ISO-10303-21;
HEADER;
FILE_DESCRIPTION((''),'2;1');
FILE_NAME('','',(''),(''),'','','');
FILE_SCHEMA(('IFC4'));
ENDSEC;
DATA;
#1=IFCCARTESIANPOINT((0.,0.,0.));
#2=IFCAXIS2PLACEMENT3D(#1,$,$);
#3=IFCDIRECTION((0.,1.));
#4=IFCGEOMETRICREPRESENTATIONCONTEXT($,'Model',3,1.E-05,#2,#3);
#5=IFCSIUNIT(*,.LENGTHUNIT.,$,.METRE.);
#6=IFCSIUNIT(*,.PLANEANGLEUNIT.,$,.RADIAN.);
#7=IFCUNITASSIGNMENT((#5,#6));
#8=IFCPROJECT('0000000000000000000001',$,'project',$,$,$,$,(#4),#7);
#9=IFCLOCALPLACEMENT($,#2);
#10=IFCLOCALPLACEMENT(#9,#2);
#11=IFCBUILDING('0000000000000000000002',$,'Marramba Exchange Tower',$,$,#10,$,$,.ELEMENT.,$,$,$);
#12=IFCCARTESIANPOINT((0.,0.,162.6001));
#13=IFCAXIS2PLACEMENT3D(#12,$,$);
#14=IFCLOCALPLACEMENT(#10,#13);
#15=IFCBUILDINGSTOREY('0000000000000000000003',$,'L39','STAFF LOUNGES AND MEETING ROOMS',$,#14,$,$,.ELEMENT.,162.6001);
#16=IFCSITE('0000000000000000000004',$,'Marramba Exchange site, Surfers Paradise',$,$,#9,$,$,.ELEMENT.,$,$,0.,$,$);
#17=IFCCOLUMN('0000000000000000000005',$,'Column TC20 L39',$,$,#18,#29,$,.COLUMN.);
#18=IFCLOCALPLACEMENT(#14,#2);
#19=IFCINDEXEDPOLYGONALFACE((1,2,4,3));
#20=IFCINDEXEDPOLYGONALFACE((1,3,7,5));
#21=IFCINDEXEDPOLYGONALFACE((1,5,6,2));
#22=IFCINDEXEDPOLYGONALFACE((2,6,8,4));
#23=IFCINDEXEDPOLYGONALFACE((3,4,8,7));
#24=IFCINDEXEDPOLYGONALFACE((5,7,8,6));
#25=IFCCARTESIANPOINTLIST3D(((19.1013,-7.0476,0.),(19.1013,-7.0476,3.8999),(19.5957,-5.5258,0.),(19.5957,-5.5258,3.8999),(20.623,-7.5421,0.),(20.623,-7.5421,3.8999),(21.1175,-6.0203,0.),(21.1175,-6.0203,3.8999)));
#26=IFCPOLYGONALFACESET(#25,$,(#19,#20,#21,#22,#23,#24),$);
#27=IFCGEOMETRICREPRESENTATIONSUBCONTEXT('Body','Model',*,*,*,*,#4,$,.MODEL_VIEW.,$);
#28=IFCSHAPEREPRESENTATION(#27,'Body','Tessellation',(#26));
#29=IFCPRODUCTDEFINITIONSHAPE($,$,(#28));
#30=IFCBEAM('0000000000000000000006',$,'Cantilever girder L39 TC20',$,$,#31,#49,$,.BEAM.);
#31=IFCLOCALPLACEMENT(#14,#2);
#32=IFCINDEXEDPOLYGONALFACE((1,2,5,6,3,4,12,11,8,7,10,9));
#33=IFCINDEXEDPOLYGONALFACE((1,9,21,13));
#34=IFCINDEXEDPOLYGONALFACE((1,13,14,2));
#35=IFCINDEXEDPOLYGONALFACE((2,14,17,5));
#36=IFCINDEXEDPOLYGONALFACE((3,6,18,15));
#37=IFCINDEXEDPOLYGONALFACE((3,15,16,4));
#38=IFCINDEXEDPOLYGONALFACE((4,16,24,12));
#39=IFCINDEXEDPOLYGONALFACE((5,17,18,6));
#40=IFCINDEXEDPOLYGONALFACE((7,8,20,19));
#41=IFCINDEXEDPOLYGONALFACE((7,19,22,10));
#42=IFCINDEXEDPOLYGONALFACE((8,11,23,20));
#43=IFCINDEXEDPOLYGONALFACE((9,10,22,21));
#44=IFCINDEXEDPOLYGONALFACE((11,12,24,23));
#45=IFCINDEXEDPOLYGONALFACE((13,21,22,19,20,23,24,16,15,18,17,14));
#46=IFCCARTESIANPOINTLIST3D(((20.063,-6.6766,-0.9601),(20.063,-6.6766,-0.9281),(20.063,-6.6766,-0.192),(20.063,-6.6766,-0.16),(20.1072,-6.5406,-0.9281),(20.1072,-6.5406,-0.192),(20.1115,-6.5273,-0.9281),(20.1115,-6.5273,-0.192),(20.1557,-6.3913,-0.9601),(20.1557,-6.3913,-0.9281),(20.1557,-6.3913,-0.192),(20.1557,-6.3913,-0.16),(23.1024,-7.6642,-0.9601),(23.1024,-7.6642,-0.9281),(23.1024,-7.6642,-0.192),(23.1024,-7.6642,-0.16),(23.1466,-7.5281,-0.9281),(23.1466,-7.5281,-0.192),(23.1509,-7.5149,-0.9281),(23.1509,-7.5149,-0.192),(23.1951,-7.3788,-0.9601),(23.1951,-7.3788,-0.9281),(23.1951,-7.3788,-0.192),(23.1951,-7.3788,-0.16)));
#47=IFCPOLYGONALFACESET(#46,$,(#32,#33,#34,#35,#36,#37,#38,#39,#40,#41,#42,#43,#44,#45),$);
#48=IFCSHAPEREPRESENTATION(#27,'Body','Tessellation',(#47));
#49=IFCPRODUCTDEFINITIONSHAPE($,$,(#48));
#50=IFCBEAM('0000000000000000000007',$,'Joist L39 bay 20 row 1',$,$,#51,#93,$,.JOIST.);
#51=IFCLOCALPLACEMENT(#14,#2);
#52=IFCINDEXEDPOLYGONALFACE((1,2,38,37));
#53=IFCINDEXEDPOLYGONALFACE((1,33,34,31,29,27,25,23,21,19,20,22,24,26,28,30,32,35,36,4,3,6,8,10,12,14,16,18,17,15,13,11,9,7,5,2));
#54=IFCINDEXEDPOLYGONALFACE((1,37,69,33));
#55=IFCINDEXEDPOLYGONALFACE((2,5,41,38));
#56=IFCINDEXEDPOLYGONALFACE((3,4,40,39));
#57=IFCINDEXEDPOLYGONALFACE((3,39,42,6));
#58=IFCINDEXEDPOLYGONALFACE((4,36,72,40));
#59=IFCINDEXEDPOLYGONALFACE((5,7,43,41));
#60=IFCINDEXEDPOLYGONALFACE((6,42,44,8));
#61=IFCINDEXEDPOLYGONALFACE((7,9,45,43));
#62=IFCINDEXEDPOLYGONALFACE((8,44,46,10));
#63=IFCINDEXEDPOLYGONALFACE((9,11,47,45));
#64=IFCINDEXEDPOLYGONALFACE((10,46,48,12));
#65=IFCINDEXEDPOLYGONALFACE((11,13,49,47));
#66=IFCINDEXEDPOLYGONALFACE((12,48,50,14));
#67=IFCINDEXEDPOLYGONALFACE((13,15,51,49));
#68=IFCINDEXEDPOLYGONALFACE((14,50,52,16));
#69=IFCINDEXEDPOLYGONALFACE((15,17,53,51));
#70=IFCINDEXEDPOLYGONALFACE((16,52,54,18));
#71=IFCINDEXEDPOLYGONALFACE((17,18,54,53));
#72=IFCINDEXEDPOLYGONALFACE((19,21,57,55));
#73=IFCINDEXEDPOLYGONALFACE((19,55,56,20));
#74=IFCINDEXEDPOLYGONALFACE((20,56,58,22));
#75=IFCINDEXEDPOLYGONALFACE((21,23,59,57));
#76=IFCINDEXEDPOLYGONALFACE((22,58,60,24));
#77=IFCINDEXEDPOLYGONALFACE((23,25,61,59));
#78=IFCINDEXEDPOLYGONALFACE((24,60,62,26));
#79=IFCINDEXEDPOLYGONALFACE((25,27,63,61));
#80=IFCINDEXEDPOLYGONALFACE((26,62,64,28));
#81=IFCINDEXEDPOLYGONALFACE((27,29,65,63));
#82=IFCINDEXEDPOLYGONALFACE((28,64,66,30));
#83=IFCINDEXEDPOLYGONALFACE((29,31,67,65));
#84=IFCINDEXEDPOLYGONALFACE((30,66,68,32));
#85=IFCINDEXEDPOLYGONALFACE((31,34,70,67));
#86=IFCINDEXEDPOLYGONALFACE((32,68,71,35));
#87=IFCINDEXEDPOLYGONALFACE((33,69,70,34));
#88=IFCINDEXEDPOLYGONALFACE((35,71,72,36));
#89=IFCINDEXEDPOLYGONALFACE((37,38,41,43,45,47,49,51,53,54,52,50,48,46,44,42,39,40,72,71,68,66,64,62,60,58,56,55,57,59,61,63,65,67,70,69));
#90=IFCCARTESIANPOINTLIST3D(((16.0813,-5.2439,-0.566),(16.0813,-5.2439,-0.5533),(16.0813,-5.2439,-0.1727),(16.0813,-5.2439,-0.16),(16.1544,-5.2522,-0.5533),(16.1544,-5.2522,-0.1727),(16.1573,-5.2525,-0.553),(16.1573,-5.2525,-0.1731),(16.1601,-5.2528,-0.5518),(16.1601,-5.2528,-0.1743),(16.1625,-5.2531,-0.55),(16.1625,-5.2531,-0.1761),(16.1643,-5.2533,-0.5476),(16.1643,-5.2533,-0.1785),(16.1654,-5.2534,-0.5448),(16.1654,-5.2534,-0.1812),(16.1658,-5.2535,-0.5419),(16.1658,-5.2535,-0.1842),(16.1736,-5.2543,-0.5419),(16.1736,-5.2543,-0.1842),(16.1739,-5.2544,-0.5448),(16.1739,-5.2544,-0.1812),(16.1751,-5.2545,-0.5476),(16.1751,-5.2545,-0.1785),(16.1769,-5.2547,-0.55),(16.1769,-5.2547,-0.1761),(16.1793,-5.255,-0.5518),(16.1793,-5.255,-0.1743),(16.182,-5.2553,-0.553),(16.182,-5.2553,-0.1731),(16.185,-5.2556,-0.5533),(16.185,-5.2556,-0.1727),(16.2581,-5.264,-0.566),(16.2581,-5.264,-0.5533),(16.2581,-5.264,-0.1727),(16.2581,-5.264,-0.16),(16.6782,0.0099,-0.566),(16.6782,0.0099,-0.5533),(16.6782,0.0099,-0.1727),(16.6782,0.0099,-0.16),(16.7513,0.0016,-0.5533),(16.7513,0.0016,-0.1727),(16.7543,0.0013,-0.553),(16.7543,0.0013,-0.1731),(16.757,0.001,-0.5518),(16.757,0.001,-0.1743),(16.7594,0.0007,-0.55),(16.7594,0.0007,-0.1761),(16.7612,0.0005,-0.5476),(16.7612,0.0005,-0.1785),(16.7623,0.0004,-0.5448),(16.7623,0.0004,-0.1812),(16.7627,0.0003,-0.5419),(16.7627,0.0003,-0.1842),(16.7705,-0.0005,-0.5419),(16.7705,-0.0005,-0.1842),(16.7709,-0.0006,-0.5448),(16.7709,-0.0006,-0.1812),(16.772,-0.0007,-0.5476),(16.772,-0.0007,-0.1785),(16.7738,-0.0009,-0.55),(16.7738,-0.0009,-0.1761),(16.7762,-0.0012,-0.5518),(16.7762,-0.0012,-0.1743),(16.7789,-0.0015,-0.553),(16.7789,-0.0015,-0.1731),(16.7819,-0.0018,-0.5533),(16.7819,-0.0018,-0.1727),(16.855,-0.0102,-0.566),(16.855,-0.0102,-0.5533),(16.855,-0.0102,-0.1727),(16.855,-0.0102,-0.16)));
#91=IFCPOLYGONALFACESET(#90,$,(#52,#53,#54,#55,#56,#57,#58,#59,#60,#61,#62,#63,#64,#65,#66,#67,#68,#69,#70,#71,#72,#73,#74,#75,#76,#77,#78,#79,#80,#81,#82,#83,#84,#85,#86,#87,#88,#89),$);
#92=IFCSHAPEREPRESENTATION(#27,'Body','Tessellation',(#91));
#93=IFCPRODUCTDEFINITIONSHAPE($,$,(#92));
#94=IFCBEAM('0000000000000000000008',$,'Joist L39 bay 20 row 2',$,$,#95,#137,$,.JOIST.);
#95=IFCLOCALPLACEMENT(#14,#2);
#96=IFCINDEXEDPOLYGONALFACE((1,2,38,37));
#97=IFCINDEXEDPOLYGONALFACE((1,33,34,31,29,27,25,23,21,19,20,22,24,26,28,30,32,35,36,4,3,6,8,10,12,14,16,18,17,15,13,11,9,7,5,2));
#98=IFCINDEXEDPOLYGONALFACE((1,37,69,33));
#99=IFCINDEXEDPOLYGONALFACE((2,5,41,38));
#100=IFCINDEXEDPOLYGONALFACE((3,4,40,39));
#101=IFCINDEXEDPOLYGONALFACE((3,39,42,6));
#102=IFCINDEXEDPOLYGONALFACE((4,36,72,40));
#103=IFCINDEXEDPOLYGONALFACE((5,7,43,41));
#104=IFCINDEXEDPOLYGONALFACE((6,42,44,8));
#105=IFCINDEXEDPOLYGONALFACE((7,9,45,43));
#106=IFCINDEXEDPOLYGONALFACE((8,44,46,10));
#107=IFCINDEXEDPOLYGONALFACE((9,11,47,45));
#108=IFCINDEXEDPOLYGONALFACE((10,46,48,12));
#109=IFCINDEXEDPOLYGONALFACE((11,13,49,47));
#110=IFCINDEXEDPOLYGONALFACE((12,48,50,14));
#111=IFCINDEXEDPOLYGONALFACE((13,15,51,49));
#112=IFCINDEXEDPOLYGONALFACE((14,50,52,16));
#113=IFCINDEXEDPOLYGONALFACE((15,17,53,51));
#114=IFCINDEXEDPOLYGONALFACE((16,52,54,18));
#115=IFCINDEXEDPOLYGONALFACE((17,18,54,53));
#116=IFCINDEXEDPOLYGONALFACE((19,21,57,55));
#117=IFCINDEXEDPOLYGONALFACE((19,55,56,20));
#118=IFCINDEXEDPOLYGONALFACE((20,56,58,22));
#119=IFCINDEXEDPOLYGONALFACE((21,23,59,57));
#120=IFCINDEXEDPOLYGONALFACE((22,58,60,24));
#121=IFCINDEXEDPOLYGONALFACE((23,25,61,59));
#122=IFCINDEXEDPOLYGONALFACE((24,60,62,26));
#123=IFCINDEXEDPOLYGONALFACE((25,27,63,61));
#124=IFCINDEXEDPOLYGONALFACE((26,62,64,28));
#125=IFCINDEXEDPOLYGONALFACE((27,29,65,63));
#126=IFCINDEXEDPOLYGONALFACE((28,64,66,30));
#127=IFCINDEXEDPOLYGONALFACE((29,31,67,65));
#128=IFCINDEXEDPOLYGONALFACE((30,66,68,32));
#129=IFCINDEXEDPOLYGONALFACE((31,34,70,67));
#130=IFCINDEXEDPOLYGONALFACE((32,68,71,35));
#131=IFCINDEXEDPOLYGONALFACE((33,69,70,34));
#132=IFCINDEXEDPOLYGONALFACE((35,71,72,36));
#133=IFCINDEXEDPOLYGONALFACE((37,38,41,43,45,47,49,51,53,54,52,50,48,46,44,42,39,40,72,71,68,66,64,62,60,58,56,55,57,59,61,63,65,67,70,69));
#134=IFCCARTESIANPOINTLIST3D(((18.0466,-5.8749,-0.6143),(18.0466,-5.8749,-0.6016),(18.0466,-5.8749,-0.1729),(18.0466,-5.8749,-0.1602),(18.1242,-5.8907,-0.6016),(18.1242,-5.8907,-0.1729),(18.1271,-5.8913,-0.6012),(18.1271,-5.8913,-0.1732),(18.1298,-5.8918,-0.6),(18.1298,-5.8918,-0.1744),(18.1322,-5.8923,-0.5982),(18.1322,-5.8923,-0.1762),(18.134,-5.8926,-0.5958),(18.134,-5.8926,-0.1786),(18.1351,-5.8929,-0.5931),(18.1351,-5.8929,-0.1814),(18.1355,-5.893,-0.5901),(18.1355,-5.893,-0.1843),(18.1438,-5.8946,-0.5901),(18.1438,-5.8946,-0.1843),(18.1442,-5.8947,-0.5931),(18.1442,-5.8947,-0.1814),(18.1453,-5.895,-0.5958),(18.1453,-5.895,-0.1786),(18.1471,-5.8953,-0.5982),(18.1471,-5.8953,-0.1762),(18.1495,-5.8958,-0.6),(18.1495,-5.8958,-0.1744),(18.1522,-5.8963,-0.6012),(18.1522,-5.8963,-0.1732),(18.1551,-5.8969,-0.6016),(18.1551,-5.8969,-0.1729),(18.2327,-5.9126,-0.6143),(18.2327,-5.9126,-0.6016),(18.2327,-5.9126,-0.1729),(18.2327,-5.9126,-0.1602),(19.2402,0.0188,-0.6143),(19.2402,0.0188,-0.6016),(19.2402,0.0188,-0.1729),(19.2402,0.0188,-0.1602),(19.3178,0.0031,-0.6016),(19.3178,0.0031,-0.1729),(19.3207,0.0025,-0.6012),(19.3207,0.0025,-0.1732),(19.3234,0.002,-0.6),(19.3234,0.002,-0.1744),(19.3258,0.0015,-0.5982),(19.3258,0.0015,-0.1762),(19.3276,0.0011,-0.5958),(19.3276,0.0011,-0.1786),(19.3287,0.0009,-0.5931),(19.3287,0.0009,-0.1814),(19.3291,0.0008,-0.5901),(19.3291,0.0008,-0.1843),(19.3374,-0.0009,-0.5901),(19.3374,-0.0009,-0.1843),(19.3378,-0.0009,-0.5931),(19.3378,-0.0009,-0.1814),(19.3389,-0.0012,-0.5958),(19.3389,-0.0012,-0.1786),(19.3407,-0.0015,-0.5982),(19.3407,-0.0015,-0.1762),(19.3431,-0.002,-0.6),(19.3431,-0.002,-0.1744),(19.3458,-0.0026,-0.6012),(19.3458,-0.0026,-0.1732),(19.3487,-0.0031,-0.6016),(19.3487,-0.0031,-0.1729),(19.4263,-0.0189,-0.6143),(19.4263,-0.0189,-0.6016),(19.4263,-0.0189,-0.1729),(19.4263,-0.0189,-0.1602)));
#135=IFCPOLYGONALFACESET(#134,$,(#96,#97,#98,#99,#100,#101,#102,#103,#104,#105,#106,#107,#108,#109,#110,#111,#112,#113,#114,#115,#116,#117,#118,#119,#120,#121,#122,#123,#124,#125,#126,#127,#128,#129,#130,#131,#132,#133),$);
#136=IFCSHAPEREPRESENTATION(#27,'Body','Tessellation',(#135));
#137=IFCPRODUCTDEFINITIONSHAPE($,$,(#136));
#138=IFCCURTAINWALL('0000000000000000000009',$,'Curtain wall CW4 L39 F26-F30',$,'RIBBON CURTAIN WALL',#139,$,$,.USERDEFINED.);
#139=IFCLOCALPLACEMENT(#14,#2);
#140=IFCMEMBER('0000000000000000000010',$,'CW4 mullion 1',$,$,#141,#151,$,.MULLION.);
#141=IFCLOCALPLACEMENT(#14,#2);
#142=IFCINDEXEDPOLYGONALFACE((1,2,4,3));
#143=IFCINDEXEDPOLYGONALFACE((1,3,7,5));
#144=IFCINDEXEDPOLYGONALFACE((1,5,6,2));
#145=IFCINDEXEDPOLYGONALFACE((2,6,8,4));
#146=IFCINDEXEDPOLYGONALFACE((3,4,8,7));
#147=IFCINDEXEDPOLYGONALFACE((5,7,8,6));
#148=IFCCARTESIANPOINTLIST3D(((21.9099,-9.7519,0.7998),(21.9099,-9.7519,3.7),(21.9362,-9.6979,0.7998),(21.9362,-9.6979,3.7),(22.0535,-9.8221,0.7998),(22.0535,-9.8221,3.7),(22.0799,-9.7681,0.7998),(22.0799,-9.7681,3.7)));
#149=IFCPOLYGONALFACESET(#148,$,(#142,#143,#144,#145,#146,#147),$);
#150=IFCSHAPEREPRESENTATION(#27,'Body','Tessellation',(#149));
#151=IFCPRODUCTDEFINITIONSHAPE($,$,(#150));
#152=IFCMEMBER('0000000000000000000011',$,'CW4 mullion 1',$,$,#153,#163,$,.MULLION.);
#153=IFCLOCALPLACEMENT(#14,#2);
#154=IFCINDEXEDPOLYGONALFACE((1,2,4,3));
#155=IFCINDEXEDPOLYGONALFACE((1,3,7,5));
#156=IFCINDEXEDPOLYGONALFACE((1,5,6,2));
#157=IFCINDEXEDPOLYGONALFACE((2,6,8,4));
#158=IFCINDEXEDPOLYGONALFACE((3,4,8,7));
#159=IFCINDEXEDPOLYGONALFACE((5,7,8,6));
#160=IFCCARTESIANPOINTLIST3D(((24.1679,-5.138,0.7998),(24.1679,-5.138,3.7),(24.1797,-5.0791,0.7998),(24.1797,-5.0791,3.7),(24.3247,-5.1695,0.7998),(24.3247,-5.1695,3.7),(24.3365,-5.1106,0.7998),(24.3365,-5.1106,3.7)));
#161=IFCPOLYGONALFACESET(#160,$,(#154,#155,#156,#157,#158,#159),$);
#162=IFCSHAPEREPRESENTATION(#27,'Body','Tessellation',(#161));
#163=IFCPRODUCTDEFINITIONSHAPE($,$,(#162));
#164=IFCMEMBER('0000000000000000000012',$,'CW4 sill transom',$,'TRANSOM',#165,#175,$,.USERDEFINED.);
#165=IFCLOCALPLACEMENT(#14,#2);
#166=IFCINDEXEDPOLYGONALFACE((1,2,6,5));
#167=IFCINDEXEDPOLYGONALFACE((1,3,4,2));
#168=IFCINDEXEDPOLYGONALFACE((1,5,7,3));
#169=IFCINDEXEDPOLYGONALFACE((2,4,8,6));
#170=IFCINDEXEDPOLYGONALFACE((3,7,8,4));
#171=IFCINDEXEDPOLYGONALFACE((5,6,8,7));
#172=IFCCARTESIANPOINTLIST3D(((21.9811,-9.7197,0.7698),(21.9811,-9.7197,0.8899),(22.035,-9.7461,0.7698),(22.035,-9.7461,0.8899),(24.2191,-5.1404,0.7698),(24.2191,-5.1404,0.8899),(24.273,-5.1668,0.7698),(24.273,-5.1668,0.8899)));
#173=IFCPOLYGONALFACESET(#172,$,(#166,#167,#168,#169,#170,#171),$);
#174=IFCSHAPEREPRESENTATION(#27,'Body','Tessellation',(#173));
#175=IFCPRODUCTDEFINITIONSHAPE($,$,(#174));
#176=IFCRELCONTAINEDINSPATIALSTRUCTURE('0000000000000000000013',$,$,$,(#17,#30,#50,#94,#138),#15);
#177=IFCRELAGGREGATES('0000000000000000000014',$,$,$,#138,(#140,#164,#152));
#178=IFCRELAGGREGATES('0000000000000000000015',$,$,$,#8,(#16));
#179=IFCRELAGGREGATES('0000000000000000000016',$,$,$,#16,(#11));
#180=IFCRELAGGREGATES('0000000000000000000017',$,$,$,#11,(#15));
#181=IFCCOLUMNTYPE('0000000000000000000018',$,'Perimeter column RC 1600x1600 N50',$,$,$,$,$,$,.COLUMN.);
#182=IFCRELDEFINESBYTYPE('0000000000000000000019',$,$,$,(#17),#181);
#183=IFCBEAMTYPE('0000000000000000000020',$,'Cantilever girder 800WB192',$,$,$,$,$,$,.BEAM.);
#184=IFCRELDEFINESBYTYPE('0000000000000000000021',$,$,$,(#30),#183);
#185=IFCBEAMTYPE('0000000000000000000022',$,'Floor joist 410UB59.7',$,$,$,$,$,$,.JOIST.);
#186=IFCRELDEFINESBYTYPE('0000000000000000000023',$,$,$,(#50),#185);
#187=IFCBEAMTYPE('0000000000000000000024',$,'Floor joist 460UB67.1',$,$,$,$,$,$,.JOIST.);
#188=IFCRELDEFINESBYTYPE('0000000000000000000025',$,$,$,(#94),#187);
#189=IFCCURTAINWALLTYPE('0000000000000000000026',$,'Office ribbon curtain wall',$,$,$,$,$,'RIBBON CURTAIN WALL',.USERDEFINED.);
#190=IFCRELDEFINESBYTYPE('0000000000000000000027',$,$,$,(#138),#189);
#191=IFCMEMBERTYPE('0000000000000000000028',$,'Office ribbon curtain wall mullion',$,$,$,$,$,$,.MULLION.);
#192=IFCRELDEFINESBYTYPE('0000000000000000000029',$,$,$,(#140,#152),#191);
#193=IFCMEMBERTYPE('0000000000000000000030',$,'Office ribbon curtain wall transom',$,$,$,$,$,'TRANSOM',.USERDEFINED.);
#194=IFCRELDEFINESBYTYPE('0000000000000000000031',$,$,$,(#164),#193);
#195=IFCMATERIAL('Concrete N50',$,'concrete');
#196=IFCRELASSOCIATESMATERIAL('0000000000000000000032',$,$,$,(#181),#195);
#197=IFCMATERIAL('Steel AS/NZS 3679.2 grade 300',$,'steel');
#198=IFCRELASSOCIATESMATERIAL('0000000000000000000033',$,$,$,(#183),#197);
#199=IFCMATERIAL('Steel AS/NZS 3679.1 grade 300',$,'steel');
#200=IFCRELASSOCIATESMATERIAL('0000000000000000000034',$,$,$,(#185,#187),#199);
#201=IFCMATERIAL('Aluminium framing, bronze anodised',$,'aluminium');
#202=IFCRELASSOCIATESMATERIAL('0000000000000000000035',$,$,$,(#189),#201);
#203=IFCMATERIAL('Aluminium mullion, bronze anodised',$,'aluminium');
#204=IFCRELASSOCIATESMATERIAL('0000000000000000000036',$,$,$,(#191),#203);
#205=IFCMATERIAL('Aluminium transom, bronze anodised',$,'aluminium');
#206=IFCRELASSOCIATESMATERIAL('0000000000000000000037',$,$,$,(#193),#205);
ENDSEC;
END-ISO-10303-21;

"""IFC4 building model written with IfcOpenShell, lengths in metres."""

from ifc_helpers import new_model, si_unit, direction, frame, origin, origin_2d, place, context, subcontext, project, spatial, rectangle, i_section, extrude, material, material_profile, profile_set, type_object, element, aggregate, save


model = new_model("IFC4")

# Units and contexts
model_context = context("Model", 3, precision=1e-05, world=origin(), true_north=direction((0.0, 1.0)))
body_context = subcontext(model_context, "Body", "Model", "MODEL_VIEW")
ifc_project = project(units=[si_unit("LENGTHUNIT", "METRE"), si_unit("PLANEANGLEUNIT", "RADIAN")], contexts=[model_context])

# Site, building, storey
site_placement = place(None, origin())
site = spatial("IfcSite", under=ifc_project, at=site_placement, Name="Marramba Exchange site, Surfers Paradise", CompositionType="ELEMENT", RefElevation=0.0)
building_placement = place(site_placement, origin())
building = spatial("IfcBuilding", under=site, at=building_placement, Name="Marramba Exchange Tower", CompositionType="ELEMENT")
storey_placement = place(building_placement, frame((0.0, 0.0, 162.6001)))
storey = spatial("IfcBuildingStorey", under=building, at=storey_placement, Name="L39", Description="STAFF LOUNGES AND MEETING ROOMS", CompositionType="ELEMENT", Elevation=162.6001)

# Column
ifc_material_1 = material(Name="Concrete N50", Category="concrete")
ifc_material_profile_1 = material_profile(ifc_material_1, rectangle(XDim=1.6001, YDim=1.6001, at=origin_2d()), Name="RC 1600x1600")
ifc_profile_set_1 = profile_set([ifc_material_profile_1], Name="Concrete N50")
column_type = type_object("IfcColumnType", Name="Perimeter column RC 1600x1600 N50", PredefinedType="COLUMN", material=ifc_profile_set_1)
column_placement = place(storey_placement, frame((20.1094, -6.5339, 0.0), z_axis=(0.0, 0.0, 1.0), x_axis=(0.951057, -0.309017, 0.0)))
element("IfcColumn", 1, at=column_placement, inside=storey, type_object=column_type, Name="Column TC20 L39", PredefinedType="COLUMN", context=body_context, shape_type="SweptSolid", body=[
    extrude(rectangle(XDim=1.6001, YDim=1.6001, at=origin_2d()), origin(), (0.0, 0.0, 1.0), 3.8999),
])

# Beams
ifc_material_2 = material(Name="Steel AS/NZS 3679.2 grade 300", Category="steel")
ifc_material_profile_2 = material_profile(ifc_material_2, i_section(OverallWidth=0.3, OverallDepth=0.8, WebThickness=0.0139, FlangeThickness=0.032, at=origin_2d()), Name="800WB192")
ifc_profile_set_2 = profile_set([ifc_material_profile_2], Name="Steel AS/NZS 3679.2 grade 300")
beam_type_1 = type_object("IfcBeamType", Name="Cantilever girder 800WB192", PredefinedType="BEAM", material=ifc_profile_set_2)
beam_1_placement = place(storey_placement, frame((20.1094, -6.5339, -0.5601), z_axis=(0.951055, -0.309022, 0.0), x_axis=(0.309022, 0.951055, 0.0)))
element("IfcBeam", 2, at=beam_1_placement, inside=storey, type_object=beam_type_1, Name="Cantilever girder L39 TC20", PredefinedType="BEAM", context=body_context, shape_type="SweptSolid", body=[
    extrude(i_section(OverallWidth=0.3, OverallDepth=0.8, WebThickness=0.0139, FlangeThickness=0.032, at=origin_2d()), origin(), (0.0, 0.0, 1.0), 3.1958),
])
ifc_material_3 = material(Name="Steel AS/NZS 3679.1 grade 300", Category="steel")
ifc_material_profile_3 = material_profile(ifc_material_3, i_section(OverallWidth=0.178, OverallDepth=0.406, WebThickness=0.0078, FlangeThickness=0.0127, FilletRadius=0.0115, at=origin_2d()), Name="410UB59.7")
ifc_profile_set_3 = profile_set([ifc_material_profile_3], Name="Steel AS/NZS 3679.1 grade 300")
beam_type_2 = type_object("IfcBeamType", Name="Floor joist 410UB59.7", PredefinedType="JOIST", material=ifc_profile_set_3)
beam_2_placement = place(storey_placement, frame((16.1697, -5.2539, -0.363), z_axis=(0.112889, 0.993608, 0.0), x_axis=(-0.993608, 0.112889, 0.0)))
element("IfcBeam", 3, at=beam_2_placement, inside=storey, type_object=beam_type_2, Name="Joist L39 bay 20 row 1", PredefinedType="JOIST", context=body_context, shape_type="SweptSolid", body=[
    extrude(i_section(OverallWidth=0.178, OverallDepth=0.406, WebThickness=0.0078, FlangeThickness=0.0127, FilletRadius=0.0115, at=origin_2d()), origin(), (0.0, 0.0, 1.0), 5.2876),
])
ifc_material_profile_4 = material_profile(ifc_material_3, i_section(OverallWidth=0.1899, OverallDepth=0.4541, WebThickness=0.0085, FlangeThickness=0.0127, FilletRadius=0.0115, at=origin_2d()), Name="460UB67.1")
ifc_profile_set_4 = profile_set([ifc_material_profile_4], Name="Steel AS/NZS 3679.1 grade 300")
beam_type_3 = type_object("IfcBeamType", Name="Floor joist 460UB67.1", PredefinedType="JOIST", material=ifc_profile_set_4)
beam_3_placement = place(storey_placement, frame((18.1396, -5.8938, -0.3872), z_axis=(0.198489, 0.980103, 0.0), x_axis=(-0.980103, 0.198489, 0.0)))
element("IfcBeam", 4, at=beam_3_placement, inside=storey, type_object=beam_type_3, Name="Joist L39 bay 20 row 2", PredefinedType="JOIST", context=body_context, shape_type="SweptSolid", body=[
    extrude(i_section(OverallWidth=0.1899, OverallDepth=0.4541, WebThickness=0.0085, FlangeThickness=0.0127, FilletRadius=0.0115, at=origin_2d()), origin(), (0.0, 0.0, 1.0), 6.0134),
])

# Curtain wall, members
ifc_material_4 = material(Name="Aluminium framing, bronze anodised", Category="aluminium")
curtain_wall_type = type_object("IfcCurtainWallType", Name="Office ribbon curtain wall", ElementType="RIBBON CURTAIN WALL", PredefinedType="USERDEFINED", material=ifc_material_4)
curtain_wall_placement = place(storey_placement, origin())
curtain_wall = element("IfcCurtainWall", 5, at=curtain_wall_placement, inside=storey, type_object=curtain_wall_type, Name="Curtain wall CW4 L39 F26-F30", ObjectType="RIBBON CURTAIN WALL", PredefinedType="USERDEFINED")
ifc_material_5 = material(Name="Aluminium mullion, bronze anodised", Category="aluminium")
ifc_material_profile_5 = material_profile(ifc_material_5, rectangle(XDim=0.1599, YDim=0.0601, at=origin_2d()), Name="CW4 mullion 60x160")
ifc_profile_set_5 = profile_set([ifc_material_profile_5], Name="Aluminium mullion, bronze anodised")
member_type_1 = type_object("IfcMemberType", Name="Office ribbon curtain wall mullion", PredefinedType="MULLION", material=ifc_profile_set_5)
member_1_placement = place(storey_placement, frame((21.9949, -9.76, 0.7998), z_axis=(0.0, 0.0, 1.0), x_axis=(-0.898445, 0.439086, 0.0)))
member_1 = element("IfcMember", 6, at=member_1_placement, type_object=member_type_1, Name="CW4 mullion 1", PredefinedType="MULLION", context=body_context, shape_type="SweptSolid", body=[
    extrude(rectangle(XDim=0.1599, YDim=0.0601, at=origin_2d()), origin(), (0.0, 0.0, 1.0), 2.9001),
])
member_2_placement = place(storey_placement, frame((24.2522, -5.1243, 0.7998), z_axis=(0.0, 0.0, 1.0), x_axis=(-0.980394, 0.197049, 0.0)))
member_2 = element("IfcMember", 7, at=member_2_placement, type_object=member_type_1, Name="CW4 mullion 1", PredefinedType="MULLION", context=body_context, shape_type="SweptSolid", body=[
    extrude(rectangle(XDim=0.1599, YDim=0.0601, at=origin_2d()), origin(), (0.0, 0.0, 1.0), 2.9001),
])
ifc_material_6 = material(Name="Aluminium transom, bronze anodised", Category="aluminium")
ifc_material_profile_6 = material_profile(ifc_material_6, rectangle(XDim=0.0601, YDim=0.1201, at=origin_2d()), Name="CW4 transom 60x120")
ifc_profile_set_6 = profile_set([ifc_material_profile_6], Name="Aluminium transom, bronze anodised")
member_type_2 = type_object("IfcMemberType", Name="Office ribbon curtain wall transom", ElementType="TRANSOM", PredefinedType="USERDEFINED", material=ifc_profile_set_6)
member_3_placement = place(storey_placement, frame((22.0081, -9.7329, 0.8298), z_axis=(0.439091, 0.898443, 0.0), x_axis=(-0.898443, 0.439091, 0.0)))
member_3 = element("IfcMember", 8, at=member_3_placement, type_object=member_type_2, Name="CW4 sill transom", ObjectType="TRANSOM", PredefinedType="USERDEFINED", context=body_context, shape_type="SweptSolid", body=[
    extrude(rectangle(XDim=0.0601, YDim=0.1201, at=origin_2d()), origin(), (0.0, 0.0, 1.0), 5.0969),
])

aggregate(curtain_wall, [member_1, member_3, member_2])

save(model, "model.ifc")
